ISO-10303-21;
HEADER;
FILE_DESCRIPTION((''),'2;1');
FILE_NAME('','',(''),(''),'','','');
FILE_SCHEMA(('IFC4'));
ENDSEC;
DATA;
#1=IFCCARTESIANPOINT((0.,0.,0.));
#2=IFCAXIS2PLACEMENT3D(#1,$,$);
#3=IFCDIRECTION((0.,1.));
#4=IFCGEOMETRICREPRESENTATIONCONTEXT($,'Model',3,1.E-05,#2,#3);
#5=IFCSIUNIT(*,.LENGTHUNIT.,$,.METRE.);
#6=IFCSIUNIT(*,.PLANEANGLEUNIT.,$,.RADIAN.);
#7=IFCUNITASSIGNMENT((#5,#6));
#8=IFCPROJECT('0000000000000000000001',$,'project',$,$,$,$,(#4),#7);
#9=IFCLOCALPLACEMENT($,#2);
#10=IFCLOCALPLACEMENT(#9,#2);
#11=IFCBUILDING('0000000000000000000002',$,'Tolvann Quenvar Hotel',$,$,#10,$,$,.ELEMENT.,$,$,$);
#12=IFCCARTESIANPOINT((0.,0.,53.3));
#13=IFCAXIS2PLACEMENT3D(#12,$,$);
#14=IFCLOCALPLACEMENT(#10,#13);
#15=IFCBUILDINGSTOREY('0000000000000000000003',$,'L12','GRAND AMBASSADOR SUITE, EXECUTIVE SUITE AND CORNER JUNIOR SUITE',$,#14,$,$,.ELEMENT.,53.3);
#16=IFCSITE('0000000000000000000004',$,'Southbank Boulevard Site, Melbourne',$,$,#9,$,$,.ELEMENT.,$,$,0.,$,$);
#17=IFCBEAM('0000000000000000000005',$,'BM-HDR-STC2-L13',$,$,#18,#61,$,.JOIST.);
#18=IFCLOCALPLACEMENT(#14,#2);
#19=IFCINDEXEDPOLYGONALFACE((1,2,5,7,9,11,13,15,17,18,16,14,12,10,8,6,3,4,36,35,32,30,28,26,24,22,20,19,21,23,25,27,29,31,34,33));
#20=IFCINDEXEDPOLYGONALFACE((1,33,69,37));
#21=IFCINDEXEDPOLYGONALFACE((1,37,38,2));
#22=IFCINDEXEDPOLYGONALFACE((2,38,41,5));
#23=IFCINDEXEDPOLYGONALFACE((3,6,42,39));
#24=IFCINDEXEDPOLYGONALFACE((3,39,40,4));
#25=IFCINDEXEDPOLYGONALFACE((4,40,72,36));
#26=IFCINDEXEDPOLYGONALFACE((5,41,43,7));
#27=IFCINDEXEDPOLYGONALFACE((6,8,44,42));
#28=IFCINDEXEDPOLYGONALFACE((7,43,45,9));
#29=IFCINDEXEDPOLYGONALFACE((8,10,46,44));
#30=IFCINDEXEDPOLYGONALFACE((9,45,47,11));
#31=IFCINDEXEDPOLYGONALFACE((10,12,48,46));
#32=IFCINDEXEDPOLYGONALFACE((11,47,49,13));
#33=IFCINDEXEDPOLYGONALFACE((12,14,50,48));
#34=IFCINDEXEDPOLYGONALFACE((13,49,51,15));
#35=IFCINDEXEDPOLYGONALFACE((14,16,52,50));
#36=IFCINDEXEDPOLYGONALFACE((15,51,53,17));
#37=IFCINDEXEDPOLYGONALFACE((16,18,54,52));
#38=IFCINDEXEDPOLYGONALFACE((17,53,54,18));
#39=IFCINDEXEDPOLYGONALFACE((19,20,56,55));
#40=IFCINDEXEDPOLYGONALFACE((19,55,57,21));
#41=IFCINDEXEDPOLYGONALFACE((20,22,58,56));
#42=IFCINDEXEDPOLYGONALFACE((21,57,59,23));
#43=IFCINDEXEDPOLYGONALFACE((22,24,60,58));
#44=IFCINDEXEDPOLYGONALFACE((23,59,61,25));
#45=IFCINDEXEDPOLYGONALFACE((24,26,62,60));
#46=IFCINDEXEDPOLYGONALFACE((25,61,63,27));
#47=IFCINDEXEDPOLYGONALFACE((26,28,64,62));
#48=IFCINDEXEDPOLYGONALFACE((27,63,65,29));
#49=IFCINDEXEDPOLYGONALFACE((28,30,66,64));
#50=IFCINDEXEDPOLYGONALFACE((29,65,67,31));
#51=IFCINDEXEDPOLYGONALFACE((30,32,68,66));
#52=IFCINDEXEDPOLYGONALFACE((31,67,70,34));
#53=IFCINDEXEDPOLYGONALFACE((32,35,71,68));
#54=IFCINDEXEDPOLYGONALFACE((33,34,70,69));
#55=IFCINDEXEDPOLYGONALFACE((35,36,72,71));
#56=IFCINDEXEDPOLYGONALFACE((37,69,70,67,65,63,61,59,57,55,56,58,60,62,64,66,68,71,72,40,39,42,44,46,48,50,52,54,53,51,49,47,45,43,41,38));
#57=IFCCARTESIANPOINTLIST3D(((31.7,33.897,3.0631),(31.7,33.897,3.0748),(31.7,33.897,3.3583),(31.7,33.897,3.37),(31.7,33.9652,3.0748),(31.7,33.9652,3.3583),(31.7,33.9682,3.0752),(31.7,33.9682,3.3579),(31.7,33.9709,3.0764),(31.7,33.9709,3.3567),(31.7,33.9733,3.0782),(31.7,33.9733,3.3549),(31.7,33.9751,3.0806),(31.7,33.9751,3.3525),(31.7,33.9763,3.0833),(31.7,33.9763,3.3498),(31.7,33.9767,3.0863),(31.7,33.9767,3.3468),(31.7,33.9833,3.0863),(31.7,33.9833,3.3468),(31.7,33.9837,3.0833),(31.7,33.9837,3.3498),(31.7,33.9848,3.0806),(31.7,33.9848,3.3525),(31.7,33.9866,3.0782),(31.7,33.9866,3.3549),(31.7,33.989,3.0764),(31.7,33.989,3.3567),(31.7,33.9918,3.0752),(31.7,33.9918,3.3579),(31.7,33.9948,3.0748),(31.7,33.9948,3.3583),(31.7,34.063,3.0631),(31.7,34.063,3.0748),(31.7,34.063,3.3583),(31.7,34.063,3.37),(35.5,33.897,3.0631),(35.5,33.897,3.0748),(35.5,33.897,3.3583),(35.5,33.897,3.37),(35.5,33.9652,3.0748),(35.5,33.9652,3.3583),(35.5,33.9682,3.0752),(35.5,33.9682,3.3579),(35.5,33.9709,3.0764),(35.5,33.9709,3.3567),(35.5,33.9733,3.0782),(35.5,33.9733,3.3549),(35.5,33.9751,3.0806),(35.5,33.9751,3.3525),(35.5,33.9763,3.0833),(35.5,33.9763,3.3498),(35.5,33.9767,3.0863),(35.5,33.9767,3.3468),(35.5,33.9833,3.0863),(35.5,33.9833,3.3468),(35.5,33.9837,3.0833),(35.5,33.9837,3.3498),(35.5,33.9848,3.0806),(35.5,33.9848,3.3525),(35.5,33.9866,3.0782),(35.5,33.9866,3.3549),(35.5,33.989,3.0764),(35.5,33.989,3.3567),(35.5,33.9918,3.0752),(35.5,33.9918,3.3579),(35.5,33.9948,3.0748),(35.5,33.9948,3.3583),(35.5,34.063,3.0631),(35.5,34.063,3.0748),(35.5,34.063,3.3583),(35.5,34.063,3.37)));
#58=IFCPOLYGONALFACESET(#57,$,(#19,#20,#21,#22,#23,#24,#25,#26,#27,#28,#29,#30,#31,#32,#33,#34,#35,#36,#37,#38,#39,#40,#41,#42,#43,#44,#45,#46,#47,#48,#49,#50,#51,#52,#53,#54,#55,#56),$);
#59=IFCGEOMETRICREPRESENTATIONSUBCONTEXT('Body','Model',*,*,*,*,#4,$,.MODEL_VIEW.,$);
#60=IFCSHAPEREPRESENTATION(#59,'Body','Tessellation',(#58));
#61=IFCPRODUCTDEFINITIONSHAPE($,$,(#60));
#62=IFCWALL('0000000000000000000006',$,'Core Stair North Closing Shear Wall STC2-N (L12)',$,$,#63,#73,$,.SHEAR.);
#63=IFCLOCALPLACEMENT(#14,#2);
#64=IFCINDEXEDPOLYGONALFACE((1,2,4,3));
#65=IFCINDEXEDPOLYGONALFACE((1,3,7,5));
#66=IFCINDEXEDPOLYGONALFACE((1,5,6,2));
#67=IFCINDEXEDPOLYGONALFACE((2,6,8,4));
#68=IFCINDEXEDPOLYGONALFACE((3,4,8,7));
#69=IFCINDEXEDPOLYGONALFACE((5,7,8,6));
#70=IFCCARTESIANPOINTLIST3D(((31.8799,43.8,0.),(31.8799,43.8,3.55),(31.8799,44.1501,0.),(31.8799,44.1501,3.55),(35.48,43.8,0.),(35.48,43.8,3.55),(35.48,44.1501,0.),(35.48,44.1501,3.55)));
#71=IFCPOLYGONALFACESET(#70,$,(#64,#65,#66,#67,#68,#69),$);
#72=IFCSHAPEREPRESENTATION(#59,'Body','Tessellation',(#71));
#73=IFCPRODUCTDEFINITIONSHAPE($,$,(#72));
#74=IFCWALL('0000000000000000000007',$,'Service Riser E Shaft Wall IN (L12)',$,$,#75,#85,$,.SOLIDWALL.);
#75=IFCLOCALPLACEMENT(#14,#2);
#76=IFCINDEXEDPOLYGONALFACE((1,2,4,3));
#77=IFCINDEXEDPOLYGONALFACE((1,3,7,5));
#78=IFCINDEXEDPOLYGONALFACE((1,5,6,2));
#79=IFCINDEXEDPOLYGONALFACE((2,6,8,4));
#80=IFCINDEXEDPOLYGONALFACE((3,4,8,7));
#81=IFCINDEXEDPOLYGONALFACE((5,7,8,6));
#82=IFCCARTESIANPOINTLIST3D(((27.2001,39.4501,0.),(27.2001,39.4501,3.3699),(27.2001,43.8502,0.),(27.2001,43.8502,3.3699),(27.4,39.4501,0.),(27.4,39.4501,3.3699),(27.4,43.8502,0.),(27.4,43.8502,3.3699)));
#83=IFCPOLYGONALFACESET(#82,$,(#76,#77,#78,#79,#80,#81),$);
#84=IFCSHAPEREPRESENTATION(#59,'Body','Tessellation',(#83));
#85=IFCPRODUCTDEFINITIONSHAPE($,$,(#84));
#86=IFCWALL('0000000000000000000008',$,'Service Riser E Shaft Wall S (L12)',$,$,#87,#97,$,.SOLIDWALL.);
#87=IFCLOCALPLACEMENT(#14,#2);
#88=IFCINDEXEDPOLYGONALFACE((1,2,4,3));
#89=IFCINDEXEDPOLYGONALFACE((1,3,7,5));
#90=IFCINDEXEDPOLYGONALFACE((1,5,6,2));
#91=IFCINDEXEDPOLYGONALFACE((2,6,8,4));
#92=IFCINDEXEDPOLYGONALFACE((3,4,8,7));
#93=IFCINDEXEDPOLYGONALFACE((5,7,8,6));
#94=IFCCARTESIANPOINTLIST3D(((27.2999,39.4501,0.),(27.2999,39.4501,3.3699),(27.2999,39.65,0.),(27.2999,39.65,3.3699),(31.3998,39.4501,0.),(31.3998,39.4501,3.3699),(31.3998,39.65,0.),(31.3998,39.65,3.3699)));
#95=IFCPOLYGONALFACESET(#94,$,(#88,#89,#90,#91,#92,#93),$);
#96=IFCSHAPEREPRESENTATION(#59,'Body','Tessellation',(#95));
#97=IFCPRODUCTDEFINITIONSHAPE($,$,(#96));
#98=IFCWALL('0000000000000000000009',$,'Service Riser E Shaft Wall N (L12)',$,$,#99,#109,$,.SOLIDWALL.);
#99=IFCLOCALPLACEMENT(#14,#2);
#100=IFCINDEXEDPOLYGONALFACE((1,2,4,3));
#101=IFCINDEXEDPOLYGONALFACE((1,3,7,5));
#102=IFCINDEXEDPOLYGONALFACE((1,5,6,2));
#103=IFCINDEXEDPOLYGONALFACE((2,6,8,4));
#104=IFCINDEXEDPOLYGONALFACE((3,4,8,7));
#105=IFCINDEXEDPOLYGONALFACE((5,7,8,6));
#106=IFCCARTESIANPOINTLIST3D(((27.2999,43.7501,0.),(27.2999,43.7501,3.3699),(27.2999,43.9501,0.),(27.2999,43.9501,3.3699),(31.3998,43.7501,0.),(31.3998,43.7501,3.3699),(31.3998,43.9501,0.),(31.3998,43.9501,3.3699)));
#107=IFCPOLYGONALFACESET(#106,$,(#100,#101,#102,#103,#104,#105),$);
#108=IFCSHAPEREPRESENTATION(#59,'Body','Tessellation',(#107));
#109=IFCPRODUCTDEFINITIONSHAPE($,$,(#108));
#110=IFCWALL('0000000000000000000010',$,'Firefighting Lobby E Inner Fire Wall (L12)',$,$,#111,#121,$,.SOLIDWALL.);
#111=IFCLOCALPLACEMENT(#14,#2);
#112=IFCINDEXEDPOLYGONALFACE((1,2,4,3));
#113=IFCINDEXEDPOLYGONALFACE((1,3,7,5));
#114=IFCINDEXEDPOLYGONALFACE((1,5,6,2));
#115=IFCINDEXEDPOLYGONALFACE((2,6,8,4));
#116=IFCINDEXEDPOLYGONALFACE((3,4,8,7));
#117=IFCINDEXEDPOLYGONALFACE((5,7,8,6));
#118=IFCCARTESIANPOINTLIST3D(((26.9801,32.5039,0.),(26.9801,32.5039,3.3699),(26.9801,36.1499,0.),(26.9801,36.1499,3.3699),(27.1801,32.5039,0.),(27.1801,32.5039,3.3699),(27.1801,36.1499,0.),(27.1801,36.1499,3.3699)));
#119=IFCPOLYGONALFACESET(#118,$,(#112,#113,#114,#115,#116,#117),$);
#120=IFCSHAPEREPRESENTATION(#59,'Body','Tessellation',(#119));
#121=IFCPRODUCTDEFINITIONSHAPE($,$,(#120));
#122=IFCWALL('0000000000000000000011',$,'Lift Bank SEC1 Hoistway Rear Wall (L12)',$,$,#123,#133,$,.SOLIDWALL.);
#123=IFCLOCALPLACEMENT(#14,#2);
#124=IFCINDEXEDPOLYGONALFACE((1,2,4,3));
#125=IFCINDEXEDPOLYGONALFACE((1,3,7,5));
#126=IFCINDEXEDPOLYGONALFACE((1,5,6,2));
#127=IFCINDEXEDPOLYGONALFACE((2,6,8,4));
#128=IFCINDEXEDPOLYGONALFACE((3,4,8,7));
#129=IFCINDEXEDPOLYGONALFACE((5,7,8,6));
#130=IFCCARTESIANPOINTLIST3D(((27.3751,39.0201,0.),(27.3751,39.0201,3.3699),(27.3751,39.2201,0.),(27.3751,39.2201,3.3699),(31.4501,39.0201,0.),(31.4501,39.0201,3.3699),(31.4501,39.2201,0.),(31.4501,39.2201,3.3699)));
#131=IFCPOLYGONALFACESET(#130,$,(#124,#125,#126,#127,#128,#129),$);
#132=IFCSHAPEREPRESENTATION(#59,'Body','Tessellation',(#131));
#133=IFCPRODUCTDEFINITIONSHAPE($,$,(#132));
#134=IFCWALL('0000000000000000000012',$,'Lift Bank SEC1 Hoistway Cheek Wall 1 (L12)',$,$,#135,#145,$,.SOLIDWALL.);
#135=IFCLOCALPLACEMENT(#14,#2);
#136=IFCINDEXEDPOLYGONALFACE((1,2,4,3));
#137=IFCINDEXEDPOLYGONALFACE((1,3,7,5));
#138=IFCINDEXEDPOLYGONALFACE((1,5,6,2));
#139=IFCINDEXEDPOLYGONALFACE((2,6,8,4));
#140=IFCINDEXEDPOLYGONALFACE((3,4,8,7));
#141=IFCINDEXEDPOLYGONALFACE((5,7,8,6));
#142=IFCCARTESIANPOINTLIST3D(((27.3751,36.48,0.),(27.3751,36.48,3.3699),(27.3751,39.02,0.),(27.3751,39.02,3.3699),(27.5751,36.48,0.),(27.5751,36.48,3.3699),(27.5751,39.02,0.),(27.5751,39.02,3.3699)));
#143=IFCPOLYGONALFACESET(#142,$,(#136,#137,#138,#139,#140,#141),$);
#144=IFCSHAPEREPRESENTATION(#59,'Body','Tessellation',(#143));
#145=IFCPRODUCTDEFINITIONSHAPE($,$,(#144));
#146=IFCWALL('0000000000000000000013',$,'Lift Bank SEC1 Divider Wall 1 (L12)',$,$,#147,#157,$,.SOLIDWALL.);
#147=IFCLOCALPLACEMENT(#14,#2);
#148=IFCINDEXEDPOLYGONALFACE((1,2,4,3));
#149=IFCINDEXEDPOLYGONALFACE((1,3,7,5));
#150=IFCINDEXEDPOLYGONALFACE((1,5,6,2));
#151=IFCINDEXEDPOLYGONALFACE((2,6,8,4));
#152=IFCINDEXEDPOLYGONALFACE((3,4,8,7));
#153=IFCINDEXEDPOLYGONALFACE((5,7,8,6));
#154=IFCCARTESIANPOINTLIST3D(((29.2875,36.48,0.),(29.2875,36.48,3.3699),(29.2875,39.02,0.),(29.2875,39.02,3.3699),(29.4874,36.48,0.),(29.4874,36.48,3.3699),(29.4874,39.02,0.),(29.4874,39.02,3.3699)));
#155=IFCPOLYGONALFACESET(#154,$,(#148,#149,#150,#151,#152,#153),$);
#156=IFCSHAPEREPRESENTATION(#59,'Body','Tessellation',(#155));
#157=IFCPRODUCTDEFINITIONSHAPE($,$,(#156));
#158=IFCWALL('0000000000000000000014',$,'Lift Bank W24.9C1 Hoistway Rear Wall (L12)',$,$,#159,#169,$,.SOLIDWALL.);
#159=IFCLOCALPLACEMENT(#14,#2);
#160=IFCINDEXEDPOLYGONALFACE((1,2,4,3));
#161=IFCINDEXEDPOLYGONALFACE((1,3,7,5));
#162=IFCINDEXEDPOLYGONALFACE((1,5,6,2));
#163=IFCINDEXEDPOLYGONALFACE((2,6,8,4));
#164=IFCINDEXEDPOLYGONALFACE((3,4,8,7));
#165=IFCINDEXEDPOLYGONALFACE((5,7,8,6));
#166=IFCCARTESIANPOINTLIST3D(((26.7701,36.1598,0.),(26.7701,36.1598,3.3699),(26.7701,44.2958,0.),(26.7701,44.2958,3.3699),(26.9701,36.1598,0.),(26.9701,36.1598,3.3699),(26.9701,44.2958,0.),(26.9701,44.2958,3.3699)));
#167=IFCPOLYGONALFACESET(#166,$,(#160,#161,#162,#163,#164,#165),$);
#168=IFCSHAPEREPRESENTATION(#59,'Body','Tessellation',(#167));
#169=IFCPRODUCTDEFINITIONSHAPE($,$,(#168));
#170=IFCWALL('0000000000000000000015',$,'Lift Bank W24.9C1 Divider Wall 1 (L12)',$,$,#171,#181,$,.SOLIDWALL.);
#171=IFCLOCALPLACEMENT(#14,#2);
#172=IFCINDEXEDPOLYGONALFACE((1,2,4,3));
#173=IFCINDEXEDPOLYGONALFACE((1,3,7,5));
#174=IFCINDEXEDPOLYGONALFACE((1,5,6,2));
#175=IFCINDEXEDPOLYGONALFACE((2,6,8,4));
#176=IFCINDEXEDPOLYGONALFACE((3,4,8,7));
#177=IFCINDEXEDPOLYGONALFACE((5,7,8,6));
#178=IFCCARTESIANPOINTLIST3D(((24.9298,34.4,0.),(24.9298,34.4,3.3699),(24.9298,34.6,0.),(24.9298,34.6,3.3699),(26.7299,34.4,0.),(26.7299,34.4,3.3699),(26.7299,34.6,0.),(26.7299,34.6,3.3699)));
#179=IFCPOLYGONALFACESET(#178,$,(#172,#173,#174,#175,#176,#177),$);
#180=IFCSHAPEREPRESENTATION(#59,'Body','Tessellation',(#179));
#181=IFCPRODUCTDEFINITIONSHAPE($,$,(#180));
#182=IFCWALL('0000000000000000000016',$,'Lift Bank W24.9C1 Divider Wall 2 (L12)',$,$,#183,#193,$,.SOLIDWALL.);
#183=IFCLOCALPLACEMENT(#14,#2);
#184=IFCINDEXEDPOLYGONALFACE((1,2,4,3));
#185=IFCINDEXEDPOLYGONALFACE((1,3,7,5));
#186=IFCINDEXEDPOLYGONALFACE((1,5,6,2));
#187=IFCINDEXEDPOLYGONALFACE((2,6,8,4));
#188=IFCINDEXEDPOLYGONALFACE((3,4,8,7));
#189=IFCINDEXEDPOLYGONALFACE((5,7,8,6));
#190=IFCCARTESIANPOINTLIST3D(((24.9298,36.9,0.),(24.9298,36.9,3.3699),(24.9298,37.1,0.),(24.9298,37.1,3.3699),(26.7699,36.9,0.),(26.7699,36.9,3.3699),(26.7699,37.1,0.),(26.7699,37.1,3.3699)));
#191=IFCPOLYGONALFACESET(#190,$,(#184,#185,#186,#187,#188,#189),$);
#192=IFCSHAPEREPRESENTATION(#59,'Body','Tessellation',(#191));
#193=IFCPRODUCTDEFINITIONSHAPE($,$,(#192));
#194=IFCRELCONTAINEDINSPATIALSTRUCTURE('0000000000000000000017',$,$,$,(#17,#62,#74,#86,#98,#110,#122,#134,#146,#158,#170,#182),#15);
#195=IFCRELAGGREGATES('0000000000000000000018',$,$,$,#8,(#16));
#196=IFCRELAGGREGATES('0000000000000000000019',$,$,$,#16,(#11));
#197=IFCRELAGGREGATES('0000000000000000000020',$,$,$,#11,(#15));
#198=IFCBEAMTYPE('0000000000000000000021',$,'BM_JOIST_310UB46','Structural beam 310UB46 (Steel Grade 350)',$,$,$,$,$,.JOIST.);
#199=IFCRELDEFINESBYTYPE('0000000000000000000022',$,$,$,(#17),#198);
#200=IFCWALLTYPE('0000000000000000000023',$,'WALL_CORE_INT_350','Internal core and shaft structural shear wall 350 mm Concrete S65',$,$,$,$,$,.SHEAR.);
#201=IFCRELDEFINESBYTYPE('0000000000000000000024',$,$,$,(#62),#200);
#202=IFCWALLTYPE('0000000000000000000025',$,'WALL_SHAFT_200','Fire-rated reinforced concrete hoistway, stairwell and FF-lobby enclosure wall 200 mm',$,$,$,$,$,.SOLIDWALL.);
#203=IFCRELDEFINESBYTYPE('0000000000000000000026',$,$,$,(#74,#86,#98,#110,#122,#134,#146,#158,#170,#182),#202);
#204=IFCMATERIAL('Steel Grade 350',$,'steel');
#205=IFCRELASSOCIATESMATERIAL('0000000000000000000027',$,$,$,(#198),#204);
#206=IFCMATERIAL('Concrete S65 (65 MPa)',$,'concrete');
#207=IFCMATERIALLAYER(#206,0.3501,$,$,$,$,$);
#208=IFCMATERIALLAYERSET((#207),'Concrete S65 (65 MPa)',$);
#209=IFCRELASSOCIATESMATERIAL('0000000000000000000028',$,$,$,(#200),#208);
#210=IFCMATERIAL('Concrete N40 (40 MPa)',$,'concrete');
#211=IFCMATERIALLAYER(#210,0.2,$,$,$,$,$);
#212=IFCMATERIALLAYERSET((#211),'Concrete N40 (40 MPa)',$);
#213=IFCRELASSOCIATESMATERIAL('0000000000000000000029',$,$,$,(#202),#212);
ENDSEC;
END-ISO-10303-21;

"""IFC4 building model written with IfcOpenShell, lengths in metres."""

from ifc_helpers import new_model, si_unit, direction, frame, frame_2d, origin, origin_2d, place, context, subcontext, project, spatial, rectangle, i_section, extrude, source, transform, mapped, material, layer, layer_set, material_profile, profile_set, type_object, type_shapes, element, save


model = new_model("IFC4")

# Units and contexts
model_context = context("Model", 3, precision=1e-05, world=origin(), true_north=direction((0.0, 1.0)))
body_context = subcontext(model_context, "Body", "Model", "MODEL_VIEW")
ifc_project = project(units=[si_unit("LENGTHUNIT", "METRE"), si_unit("PLANEANGLEUNIT", "RADIAN")], contexts=[model_context])

# Site, building, storey
site_placement = place(None, origin())
site = spatial("IfcSite", under=ifc_project, at=site_placement, Name="Southbank Boulevard Site, Melbourne", CompositionType="ELEMENT", RefElevation=0.0)
building_placement = place(site_placement, origin())
building = spatial("IfcBuilding", under=site, at=building_placement, Name="Tolvann Quenvar Hotel", CompositionType="ELEMENT")
storey_placement = place(building_placement, frame((0.0, 0.0, 53.3)))
storey = spatial("IfcBuildingStorey", under=building, at=storey_placement, Name="L12", Description="GRAND AMBASSADOR SUITE, EXECUTIVE SUITE AND CORNER JUNIOR SUITE", CompositionType="ELEMENT", Elevation=53.3)

# Beam
ifc_material_1 = material(Name="Steel Grade 350", Category="steel")
ifc_material_profile = material_profile(ifc_material_1, i_section(OverallWidth=0.166, OverallDepth=0.3069, WebThickness=0.0066, FlangeThickness=0.0117, FilletRadius=0.0115, at=origin_2d()), Name="310UB46")
ifc_profile_set = profile_set([ifc_material_profile], Name="Steel Grade 350")
beam_type = type_object("IfcBeamType", Name="BM_JOIST_310UB46", Description="Structural beam 310UB46 (Steel Grade 350)", PredefinedType="JOIST", material=ifc_profile_set)
shared_shape_1 = source(origin(), body_context, "Body", "SweptSolid", [
    extrude(i_section(OverallWidth=0.166, OverallDepth=0.3069, WebThickness=0.0066, FlangeThickness=0.0117, FilletRadius=0.0115, at=origin_2d()), origin(), (0.0, 0.0, 1.0), 3.8),
])
type_shapes(beam_type, [shared_shape_1])
beam_placement = place(storey_placement, frame((31.7, 33.98, 3.2166), z_axis=(1.0, 0.0, 0.0), x_axis=(0.0, 1.0, 0.0)))
element("IfcBeam", 1, at=beam_placement, inside=storey, type_object=beam_type, Name="BM-HDR-STC2-L13", PredefinedType="JOIST", context=body_context, shape_type="MappedRepresentation", body=[
    mapped(shared_shape_1, transform((0.0, 0.0, 0.0), x_axis=(1.0, 0.0, 0.0), y_axis=(0.0, 1.0, 0.0), z_axis=(0.0, 0.0, 1.0), scale=1.0)),
])

# Walls
ifc_material_2 = material(Name="Concrete S65 (65 MPa)", Category="concrete")
ifc_layer_1 = layer(ifc_material_2, 0.3501)
ifc_layer_set_1 = layer_set([ifc_layer_1], Name="Concrete S65 (65 MPa)")
wall_type_1 = type_object("IfcWallType", Name="WALL_CORE_INT_350", Description="Internal core and shaft structural shear wall 350 mm Concrete S65", PredefinedType="SHEAR", material=ifc_layer_set_1)
wall_1_placement = place(storey_placement, frame((31.8799, 43.9751, 0.0), z_axis=(0.0, 0.0, 1.0), x_axis=(1.0, 0.0, 0.0)))
element("IfcWall", 2, at=wall_1_placement, inside=storey, type_object=wall_type_1, Name="Core Stair North Closing Shear Wall STC2-N (L12)", PredefinedType="SHEAR", context=body_context, shape_type="SweptSolid", body=[
    extrude(rectangle(XDim=3.6001, YDim=0.3501, at=frame_2d((1.8, 0.0))), origin(), (0.0, 0.0, 1.0), 3.55),
])
ifc_material_3 = material(Name="Concrete N40 (40 MPa)", Category="concrete")
ifc_layer_2 = layer(ifc_material_3, 0.2)
ifc_layer_set_2 = layer_set([ifc_layer_2], Name="Concrete N40 (40 MPa)")
wall_type_2 = type_object("IfcWallType", Name="WALL_SHAFT_200", Description="Fire-rated reinforced concrete hoistway, stairwell and FF-lobby enclosure wall 200 mm", PredefinedType="SOLIDWALL", material=ifc_layer_set_2)
wall_2_placement = place(storey_placement, frame((27.3, 39.45, 0.0), z_axis=(0.0, 0.0, 1.0), x_axis=(0.0, 1.0, 0.0)))
element("IfcWall", 3, at=wall_2_placement, inside=storey, type_object=wall_type_2, Name="Service Riser E Shaft Wall IN (L12)", PredefinedType="SOLIDWALL", context=body_context, shape_type="SweptSolid", body=[
    extrude(rectangle(XDim=4.4001, YDim=0.2, at=frame_2d((2.2002, 0.0))), origin(), (0.0, 0.0, 1.0), 3.3699),
])
for number, where, z_axis, x_axis, name in (
    (4, (27.3, 39.55, 0.0), (0.0, 0.0, 1.0), (1.0, 0.0, 0.0), "Service Riser E Shaft Wall S (L12)"),
    (5, (27.3, 43.8501, 0.0), (0.0, 0.0, 1.0), (1.0, 0.0, 0.0), "Service Riser E Shaft Wall N (L12)"),
):
    element("IfcWall", number, at=place(storey_placement, frame(where, z_axis=z_axis, x_axis=x_axis)), inside=storey, type_object=wall_type_2, Name=name, PredefinedType="SOLIDWALL", context=body_context, shape_type="SweptSolid", body=[
        extrude(rectangle(XDim=4.0999, YDim=0.2, at=frame_2d((2.0498, 0.0))), origin(), (0.0, 0.0, 1.0), 3.3699),
    ])
wall_3_placement = place(storey_placement, frame((27.0801, 32.5039, 0.0), z_axis=(0.0, 0.0, 1.0), x_axis=(0.0, 1.0, 0.0)))
element("IfcWall", 6, at=wall_3_placement, inside=storey, type_object=wall_type_2, Name="Firefighting Lobby E Inner Fire Wall (L12)", PredefinedType="SOLIDWALL", context=body_context, shape_type="SweptSolid", body=[
    extrude(rectangle(XDim=3.646, YDim=0.2, at=frame_2d((1.823, 0.0))), origin(), (0.0, 0.0, 1.0), 3.3699),
])

# Walls
wall_4_placement = place(storey_placement, frame((27.375, 39.1201, 0.0), z_axis=(0.0, 0.0, 1.0), x_axis=(1.0, 0.0, 0.0)))
element("IfcWall", 7, at=wall_4_placement, inside=storey, type_object=wall_type_2, Name="Lift Bank SEC1 Hoistway Rear Wall (L12)", PredefinedType="SOLIDWALL", context=body_context, shape_type="SweptSolid", body=[
    extrude(rectangle(XDim=4.075, YDim=0.2, at=frame_2d((2.0376, 0.0))), origin(), (0.0, 0.0, 1.0), 3.3699),
])
for number, where, z_axis, x_axis, name in (
    (8, (27.4751, 36.48, 0.0), (0.0, 0.0, 1.0), (0.0, 1.0, 0.0), "Lift Bank SEC1 Hoistway Cheek Wall 1 (L12)"),
    (9, (29.3875, 36.48, 0.0), (0.0, 0.0, 1.0), (0.0, 1.0, 0.0), "Lift Bank SEC1 Divider Wall 1 (L12)"),
):
    element("IfcWall", number, at=place(storey_placement, frame(where, z_axis=z_axis, x_axis=x_axis)), inside=storey, type_object=wall_type_2, Name=name, PredefinedType="SOLIDWALL", context=body_context, shape_type="SweptSolid", body=[
        extrude(rectangle(XDim=2.54, YDim=0.2, at=frame_2d((1.27, 0.0))), origin(), (0.0, 0.0, 1.0), 3.3699),
    ])
wall_5_placement = place(storey_placement, frame((26.8701, 36.1599, 0.0), z_axis=(0.0, 0.0, 1.0), x_axis=(0.0, 1.0, 0.0)))
element("IfcWall", 10, at=wall_5_placement, inside=storey, type_object=wall_type_2, Name="Lift Bank W24.9C1 Hoistway Rear Wall (L12)", PredefinedType="SOLIDWALL", context=body_context, shape_type="SweptSolid", body=[
    extrude(rectangle(XDim=8.136, YDim=0.2, at=frame_2d((4.0679, 0.0))), origin(), (0.0, 0.0, 1.0), 3.3699),
])
wall_6_placement = place(storey_placement, frame((24.9299, 34.5, 0.0), z_axis=(0.0, 0.0, 1.0), x_axis=(1.0, 0.0, 0.0)))
element("IfcWall", 11, at=wall_6_placement, inside=storey, type_object=wall_type_2, Name="Lift Bank W24.9C1 Divider Wall 1 (L12)", PredefinedType="SOLIDWALL", context=body_context, shape_type="SweptSolid", body=[
    extrude(rectangle(XDim=1.8, YDim=0.2, at=frame_2d((0.8999, 0.0))), origin(), (0.0, 0.0, 1.0), 3.3699),
])
for number, where, z_axis, x_axis, name in (
    (12, (24.9299, 37.0, 0.0), (0.0, 0.0, 1.0), (1.0, 0.0, 0.0), "Lift Bank W24.9C1 Divider Wall 2 (L12)"),
):
    element("IfcWall", number, at=place(storey_placement, frame(where, z_axis=z_axis, x_axis=x_axis)), inside=storey, type_object=wall_type_2, Name=name, PredefinedType="SOLIDWALL", context=body_context, shape_type="SweptSolid", body=[
        extrude(rectangle(XDim=1.8401, YDim=0.2, at=frame_2d((0.9199, 0.0))), origin(), (0.0, 0.0, 1.0), 3.3699),
    ])

save(model, "model.ifc")
